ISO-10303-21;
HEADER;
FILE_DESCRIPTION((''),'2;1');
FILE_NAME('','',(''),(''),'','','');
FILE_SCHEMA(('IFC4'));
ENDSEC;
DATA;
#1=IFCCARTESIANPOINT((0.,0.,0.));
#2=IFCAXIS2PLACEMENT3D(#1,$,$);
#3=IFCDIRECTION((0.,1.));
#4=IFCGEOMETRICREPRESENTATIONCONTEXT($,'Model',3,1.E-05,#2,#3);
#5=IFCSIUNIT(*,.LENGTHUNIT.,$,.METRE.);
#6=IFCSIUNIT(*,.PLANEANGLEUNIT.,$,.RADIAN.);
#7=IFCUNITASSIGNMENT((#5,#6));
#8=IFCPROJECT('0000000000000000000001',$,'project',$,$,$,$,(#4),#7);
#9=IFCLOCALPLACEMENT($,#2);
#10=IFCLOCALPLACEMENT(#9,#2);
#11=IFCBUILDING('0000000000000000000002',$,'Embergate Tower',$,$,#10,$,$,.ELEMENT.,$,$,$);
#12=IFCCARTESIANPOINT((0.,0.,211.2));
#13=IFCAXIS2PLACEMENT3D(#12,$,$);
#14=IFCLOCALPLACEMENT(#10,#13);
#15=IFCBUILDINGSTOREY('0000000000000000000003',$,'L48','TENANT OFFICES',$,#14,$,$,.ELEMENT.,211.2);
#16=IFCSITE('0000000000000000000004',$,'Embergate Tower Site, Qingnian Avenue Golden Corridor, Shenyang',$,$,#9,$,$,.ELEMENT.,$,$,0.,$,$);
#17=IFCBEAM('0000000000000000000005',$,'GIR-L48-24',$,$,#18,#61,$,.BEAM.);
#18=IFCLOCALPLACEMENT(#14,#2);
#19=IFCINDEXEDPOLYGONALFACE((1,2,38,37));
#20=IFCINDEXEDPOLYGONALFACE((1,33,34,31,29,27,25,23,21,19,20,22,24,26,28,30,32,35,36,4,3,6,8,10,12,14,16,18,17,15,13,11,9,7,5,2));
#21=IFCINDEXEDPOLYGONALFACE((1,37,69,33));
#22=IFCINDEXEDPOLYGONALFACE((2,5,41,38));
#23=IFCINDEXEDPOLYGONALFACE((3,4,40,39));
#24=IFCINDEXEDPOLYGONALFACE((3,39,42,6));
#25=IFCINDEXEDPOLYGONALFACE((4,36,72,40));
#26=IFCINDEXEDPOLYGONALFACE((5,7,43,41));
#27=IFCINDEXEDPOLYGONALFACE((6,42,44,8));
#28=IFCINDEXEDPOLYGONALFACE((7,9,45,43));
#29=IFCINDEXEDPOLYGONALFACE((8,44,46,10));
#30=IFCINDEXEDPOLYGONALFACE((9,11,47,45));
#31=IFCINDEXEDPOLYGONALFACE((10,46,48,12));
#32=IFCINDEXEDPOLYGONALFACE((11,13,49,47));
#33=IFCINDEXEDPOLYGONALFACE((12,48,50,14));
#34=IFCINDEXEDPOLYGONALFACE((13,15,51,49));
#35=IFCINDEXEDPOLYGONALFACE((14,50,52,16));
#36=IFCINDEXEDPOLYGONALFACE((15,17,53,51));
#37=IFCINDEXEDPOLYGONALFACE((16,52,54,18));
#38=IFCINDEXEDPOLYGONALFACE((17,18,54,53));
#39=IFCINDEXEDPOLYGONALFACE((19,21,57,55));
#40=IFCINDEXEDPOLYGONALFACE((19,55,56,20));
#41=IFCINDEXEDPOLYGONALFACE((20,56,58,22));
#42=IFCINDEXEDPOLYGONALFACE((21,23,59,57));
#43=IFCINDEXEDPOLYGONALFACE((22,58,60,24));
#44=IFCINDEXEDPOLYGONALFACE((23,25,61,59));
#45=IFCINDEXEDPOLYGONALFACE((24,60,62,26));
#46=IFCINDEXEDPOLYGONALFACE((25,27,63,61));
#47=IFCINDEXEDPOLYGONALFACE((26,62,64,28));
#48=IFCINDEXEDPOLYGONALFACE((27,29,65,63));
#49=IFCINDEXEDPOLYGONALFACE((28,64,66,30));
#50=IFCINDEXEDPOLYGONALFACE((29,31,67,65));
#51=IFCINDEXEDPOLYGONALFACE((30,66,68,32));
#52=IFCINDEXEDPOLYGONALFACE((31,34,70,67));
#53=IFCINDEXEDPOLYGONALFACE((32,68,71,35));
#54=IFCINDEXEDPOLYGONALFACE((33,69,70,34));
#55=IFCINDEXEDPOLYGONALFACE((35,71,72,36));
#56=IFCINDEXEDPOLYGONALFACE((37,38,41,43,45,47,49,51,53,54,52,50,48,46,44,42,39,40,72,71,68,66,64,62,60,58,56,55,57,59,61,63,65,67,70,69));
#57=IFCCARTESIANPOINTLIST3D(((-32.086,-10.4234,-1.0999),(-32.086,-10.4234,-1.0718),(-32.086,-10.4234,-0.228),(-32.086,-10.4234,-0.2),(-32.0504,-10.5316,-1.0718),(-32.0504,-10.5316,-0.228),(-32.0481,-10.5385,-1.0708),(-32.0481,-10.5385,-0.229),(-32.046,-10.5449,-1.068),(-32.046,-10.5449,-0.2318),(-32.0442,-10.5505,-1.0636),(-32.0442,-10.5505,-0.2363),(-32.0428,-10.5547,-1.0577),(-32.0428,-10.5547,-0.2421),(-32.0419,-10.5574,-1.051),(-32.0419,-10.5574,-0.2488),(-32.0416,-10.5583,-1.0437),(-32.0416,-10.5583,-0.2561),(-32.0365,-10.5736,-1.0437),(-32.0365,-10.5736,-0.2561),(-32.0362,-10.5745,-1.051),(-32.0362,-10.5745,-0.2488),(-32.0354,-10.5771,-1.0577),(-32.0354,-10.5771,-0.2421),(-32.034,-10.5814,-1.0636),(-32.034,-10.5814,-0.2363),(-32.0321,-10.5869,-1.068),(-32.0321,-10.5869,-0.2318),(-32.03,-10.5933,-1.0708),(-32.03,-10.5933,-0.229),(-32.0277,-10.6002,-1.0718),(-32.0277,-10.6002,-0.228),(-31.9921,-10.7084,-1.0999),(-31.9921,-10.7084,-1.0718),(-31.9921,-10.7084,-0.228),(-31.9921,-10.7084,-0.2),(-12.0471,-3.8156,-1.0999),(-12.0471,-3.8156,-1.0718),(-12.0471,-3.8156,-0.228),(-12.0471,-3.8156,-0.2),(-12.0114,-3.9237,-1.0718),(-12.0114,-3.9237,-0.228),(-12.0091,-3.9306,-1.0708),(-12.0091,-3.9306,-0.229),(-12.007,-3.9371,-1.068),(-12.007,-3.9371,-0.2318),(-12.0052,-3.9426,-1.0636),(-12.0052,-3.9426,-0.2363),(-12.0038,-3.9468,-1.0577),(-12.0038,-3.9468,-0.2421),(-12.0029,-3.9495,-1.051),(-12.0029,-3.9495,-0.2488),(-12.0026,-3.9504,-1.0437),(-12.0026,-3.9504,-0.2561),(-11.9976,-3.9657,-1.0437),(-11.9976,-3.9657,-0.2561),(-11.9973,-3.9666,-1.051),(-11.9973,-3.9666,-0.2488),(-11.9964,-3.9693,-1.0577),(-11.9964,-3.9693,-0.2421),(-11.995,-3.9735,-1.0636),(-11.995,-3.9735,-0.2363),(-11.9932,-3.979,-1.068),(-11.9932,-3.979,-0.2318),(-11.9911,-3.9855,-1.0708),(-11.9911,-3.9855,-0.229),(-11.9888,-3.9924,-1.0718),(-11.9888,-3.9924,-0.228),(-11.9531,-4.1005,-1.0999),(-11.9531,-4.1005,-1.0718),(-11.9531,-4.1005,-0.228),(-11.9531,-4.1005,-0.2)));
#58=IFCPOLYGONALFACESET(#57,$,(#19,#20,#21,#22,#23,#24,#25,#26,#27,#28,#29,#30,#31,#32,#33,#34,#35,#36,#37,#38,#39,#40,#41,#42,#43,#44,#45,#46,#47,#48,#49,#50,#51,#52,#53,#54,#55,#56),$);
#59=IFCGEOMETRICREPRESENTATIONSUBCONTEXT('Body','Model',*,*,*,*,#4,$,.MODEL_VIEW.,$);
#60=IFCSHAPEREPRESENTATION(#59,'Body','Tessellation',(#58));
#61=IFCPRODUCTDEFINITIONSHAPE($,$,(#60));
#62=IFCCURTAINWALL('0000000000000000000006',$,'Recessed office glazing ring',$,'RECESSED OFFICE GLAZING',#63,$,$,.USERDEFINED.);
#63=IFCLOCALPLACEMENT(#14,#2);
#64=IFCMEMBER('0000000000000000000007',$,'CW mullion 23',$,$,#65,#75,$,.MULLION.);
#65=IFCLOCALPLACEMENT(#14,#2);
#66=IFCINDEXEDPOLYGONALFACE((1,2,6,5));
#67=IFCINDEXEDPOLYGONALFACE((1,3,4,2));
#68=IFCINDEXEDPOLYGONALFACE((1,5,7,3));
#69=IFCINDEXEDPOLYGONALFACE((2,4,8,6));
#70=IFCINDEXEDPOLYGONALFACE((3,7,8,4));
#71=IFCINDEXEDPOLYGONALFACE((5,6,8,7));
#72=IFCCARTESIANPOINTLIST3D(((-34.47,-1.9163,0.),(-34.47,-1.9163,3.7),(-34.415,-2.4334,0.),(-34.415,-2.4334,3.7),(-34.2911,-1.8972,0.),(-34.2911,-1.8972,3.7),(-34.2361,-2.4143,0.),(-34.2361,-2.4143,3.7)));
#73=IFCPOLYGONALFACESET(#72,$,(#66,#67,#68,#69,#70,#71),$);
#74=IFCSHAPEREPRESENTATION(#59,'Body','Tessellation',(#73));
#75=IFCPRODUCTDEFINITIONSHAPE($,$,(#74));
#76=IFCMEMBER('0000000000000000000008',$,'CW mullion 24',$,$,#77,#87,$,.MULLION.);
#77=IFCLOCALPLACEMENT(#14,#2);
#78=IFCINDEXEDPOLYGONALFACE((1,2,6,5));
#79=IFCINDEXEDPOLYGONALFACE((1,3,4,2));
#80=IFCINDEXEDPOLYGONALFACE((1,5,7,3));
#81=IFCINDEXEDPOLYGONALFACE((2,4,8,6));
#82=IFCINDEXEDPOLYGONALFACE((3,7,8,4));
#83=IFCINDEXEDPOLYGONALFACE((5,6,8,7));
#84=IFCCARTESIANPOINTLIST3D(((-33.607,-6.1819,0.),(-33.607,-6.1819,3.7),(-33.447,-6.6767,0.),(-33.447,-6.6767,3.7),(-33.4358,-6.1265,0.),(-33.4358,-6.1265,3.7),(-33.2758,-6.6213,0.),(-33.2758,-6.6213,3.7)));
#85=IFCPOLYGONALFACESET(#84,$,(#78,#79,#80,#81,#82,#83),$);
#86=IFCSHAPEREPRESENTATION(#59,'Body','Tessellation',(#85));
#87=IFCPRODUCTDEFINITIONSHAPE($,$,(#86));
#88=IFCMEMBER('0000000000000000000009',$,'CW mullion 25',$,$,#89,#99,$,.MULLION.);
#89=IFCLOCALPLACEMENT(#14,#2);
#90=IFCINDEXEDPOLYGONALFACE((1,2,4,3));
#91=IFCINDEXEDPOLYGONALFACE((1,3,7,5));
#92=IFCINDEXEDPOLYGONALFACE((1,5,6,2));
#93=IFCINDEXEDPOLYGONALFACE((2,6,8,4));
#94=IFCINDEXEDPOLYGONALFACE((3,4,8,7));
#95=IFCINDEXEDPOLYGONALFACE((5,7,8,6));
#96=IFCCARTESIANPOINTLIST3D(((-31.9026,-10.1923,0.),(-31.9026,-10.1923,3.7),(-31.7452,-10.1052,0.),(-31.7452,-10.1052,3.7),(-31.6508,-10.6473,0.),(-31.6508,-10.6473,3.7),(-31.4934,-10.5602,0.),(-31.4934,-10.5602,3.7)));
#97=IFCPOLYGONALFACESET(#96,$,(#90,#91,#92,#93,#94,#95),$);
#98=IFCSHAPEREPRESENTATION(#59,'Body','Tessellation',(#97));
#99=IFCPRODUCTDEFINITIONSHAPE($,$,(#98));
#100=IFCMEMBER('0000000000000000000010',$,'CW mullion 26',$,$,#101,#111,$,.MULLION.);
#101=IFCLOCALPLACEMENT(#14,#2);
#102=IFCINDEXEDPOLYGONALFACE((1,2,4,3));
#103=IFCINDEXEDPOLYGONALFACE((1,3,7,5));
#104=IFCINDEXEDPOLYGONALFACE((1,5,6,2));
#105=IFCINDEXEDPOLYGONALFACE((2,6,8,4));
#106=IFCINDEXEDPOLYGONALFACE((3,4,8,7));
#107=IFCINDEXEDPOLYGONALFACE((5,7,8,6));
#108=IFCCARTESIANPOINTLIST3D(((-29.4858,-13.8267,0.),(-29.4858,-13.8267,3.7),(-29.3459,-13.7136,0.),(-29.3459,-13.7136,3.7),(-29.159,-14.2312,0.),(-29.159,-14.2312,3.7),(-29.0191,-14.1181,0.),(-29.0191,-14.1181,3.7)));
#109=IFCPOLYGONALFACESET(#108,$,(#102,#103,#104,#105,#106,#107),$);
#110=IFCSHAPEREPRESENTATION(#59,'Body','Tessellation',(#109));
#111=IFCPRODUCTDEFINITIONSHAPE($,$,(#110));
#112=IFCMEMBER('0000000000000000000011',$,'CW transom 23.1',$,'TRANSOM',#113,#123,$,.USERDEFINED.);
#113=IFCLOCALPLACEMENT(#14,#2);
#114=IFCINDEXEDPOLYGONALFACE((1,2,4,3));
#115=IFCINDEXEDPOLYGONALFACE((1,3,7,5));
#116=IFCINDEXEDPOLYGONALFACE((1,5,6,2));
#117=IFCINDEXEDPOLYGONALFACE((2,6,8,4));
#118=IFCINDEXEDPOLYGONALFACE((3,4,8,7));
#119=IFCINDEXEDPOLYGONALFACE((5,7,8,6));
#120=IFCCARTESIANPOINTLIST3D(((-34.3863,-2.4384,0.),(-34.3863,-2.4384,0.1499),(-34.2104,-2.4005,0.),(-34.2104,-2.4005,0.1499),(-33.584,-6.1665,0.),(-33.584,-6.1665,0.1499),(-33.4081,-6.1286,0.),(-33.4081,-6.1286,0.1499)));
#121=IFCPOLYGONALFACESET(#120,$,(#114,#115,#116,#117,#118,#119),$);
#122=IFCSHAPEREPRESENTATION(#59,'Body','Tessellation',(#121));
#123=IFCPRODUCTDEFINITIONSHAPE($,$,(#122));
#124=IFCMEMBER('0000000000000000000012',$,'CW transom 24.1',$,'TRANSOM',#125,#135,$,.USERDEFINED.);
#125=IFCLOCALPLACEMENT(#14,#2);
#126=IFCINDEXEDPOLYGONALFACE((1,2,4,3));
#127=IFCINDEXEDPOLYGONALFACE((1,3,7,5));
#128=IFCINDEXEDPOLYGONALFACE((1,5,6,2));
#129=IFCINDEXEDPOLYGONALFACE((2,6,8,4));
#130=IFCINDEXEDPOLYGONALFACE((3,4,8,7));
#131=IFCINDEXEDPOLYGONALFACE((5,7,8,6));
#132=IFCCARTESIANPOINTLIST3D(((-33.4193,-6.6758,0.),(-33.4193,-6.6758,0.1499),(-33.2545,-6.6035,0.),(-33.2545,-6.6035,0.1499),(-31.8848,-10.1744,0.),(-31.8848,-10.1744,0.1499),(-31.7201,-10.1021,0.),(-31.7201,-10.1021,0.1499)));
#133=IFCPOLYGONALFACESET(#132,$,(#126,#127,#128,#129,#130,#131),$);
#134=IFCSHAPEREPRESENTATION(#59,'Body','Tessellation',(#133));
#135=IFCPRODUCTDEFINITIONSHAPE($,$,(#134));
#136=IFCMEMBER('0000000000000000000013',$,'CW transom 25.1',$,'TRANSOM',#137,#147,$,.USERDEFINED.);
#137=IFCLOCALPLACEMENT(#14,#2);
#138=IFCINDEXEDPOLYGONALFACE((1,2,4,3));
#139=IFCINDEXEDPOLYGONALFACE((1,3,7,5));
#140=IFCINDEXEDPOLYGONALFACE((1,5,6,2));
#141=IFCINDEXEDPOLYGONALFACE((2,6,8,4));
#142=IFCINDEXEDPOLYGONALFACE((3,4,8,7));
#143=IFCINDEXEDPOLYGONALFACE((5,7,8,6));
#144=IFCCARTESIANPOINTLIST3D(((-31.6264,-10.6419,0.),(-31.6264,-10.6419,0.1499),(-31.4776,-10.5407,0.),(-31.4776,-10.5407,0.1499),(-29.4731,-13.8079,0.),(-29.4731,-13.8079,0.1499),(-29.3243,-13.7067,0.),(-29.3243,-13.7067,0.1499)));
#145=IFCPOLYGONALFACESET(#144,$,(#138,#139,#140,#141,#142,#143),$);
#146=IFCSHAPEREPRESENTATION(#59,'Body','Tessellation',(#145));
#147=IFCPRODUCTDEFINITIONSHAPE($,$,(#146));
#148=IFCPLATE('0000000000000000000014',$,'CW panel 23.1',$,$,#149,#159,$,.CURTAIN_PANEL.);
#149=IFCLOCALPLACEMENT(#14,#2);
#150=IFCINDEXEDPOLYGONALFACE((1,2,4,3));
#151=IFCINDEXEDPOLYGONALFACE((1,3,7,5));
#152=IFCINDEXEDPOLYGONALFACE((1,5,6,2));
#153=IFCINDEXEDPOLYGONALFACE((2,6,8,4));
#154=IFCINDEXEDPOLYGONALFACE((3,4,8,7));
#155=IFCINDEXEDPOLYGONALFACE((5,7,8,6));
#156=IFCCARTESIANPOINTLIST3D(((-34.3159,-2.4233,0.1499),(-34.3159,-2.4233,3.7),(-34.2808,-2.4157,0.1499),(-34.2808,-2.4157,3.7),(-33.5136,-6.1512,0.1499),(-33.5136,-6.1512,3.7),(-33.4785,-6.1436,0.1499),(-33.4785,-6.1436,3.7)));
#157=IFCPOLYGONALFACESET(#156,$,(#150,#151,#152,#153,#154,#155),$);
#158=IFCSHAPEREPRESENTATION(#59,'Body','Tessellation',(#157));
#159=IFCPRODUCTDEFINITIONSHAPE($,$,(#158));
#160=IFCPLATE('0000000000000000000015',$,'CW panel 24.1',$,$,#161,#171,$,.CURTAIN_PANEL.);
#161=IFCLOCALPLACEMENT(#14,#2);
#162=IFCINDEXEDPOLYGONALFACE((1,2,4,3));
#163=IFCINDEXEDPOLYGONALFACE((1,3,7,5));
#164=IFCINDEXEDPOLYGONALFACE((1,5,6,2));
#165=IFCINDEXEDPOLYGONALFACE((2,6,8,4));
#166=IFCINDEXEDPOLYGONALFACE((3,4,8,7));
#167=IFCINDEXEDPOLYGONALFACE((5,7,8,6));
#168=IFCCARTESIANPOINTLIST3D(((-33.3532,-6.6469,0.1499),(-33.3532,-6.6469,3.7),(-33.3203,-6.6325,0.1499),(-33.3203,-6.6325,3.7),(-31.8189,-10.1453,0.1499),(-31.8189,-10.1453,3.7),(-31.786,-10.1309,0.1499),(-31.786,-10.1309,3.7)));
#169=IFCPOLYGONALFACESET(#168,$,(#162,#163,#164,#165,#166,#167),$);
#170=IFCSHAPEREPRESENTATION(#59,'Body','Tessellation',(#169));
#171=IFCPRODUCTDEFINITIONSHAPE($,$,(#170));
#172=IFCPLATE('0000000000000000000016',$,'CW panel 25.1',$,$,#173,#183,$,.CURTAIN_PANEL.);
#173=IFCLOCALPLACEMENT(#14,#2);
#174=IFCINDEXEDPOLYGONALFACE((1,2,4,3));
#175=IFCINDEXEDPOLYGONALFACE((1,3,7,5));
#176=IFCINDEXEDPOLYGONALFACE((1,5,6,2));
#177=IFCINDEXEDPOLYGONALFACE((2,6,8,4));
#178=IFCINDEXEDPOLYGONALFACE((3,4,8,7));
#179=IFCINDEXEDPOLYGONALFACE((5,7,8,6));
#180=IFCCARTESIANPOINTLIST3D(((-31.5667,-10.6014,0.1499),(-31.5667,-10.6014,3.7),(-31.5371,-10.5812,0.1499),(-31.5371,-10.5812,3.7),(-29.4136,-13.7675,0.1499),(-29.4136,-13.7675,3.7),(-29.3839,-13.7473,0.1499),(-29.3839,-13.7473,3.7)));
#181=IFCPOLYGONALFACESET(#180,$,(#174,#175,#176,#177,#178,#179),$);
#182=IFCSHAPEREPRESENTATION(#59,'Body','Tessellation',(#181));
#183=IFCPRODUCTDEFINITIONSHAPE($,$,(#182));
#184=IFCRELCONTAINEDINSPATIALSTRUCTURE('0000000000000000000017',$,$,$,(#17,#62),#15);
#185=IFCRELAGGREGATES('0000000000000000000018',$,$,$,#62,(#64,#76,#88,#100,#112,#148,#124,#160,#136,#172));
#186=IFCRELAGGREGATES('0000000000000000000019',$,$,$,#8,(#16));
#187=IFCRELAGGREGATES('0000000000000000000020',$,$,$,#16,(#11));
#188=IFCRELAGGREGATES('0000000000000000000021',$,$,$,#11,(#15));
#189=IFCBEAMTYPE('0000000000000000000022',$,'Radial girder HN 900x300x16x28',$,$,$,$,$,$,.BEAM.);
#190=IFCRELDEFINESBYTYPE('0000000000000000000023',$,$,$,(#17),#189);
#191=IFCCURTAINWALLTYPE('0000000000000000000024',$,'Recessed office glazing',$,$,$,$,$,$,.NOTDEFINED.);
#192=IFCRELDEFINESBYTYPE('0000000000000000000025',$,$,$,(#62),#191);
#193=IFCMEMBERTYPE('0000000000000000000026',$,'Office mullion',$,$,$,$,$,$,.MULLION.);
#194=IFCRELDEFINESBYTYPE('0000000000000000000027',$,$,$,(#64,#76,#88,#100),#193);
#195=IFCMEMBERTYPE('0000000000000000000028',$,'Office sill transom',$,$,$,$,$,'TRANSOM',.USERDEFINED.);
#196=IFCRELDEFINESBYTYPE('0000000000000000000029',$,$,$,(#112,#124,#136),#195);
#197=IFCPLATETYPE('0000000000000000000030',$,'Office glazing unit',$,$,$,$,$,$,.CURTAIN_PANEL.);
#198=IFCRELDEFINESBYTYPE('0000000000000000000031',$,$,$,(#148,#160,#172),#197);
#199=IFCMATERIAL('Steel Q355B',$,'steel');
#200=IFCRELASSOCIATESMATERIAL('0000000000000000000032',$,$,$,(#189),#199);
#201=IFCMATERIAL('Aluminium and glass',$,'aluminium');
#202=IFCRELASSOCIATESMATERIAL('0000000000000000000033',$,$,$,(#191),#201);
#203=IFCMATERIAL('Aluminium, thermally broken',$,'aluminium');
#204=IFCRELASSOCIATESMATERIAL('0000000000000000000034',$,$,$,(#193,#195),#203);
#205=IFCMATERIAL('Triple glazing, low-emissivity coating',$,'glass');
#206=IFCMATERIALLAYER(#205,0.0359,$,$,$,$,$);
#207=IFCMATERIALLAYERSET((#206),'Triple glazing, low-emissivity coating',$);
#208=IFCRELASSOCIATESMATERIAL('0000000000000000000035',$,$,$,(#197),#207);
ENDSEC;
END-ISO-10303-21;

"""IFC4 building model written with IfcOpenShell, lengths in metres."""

from ifc_helpers import new_model, si_unit, direction, frame, origin, origin_2d, place, context, subcontext, project, spatial, rectangle, i_section, extrude, source, transform, mapped, material, layer, layer_set, material_profile, profile_set, type_object, element, aggregate, save


model = new_model("IFC4")

# Units and contexts
model_context = context("Model", 3, precision=1e-05, world=origin(), true_north=direction((0.0, 1.0)))
body_context = subcontext(model_context, "Body", "Model", "MODEL_VIEW")
ifc_project = project(units=[si_unit("LENGTHUNIT", "METRE"), si_unit("PLANEANGLEUNIT", "RADIAN")], contexts=[model_context])

# Site, building, storey
site_placement = place(None, origin())
site = spatial("IfcSite", under=ifc_project, at=site_placement, Name="Embergate Tower Site, Qingnian Avenue Golden Corridor, Shenyang", CompositionType="ELEMENT", RefElevation=0.0)
building_placement = place(site_placement, origin())
building = spatial("IfcBuilding", under=site, at=building_placement, Name="Embergate Tower", CompositionType="ELEMENT")
storey_placement = place(building_placement, frame((0.0, 0.0, 211.2)))
storey = spatial("IfcBuildingStorey", under=building, at=storey_placement, Name="L48", Description="TENANT OFFICES", CompositionType="ELEMENT", Elevation=211.2)

# Beam
ifc_material_1 = material(Name="Steel Q355B", Category="steel")
ifc_material_profile_1 = material_profile(ifc_material_1, i_section(OverallWidth=0.3, OverallDepth=0.8999, WebThickness=0.0161, FlangeThickness=0.0281, FilletRadius=0.0281, at=origin_2d()), Name="HN 900x300x16x28")
ifc_profile_set_1 = profile_set([ifc_material_profile_1], Name="Steel Q355 grade B")
beam_type_1 = type_object("IfcBeamType", Name="Radial girder HN 900x300x16x28", PredefinedType="BEAM", material=ifc_profile_set_1)
shared_shape_1 = source(origin(), body_context, "Body", "SweptSolid", [
    extrude(i_section(OverallWidth=0.3, OverallDepth=0.8999, WebThickness=0.0161, FlangeThickness=0.0281, FilletRadius=0.0281, at=origin_2d()), origin(), (0.0, 0.0, 1.0), 21.1003),
])
beam_1_placement = place(storey_placement, frame((-32.0391, -10.5659, -0.6499), z_axis=(0.949699, 0.313165, 0.0), x_axis=(-0.313165, 0.949699, 0.0)))
element("IfcBeam", 1, at=beam_1_placement, inside=storey, type_object=beam_type_1, Name="GIR-L48-24", PredefinedType="BEAM", context=body_context, shape_type="MappedRepresentation", body=[
    mapped(shared_shape_1, transform((0.0, 0.0, 0.0))),
])

# Curtain wall, members, plates
ifc_material_2 = material(Name="Aluminium and glass", Category="aluminium")
curtain_wall_type = type_object("IfcCurtainWallType", Name="Recessed office glazing", PredefinedType="NOTDEFINED", material=ifc_material_2)
curtain_wall_placement = place(storey_placement, origin())
curtain_wall = element("IfcCurtainWall", 2, at=curtain_wall_placement, inside=storey, type_object=curtain_wall_type, Name="Recessed office glazing ring", ObjectType="RECESSED OFFICE GLAZING", PredefinedType="USERDEFINED")
ifc_material_3 = material(Name="Aluminium, thermally broken", Category="aluminium")
ifc_material_profile_2 = material_profile(ifc_material_3, rectangle(XDim=0.1799, YDim=0.52, at=origin_2d()), Name="AL 520x180")
ifc_profile_set_2 = profile_set([ifc_material_profile_2], Name="Aluminium, thermally broken")
member_type_1 = type_object("IfcMemberType", Name="Office mullion", PredefinedType="MULLION", material=ifc_profile_set_2)
shared_shape_2 = source(origin(), body_context, "Body", "SweptSolid", [
    extrude(rectangle(XDim=0.1799, YDim=0.52, at=origin_2d()), origin(), (0.0, 0.0, 1.0), 3.7),
])
member_1_placement = place(storey_placement, frame((-34.353, -2.1653, 0.0), z_axis=(0.0, 0.0, 1.0), x_axis=(0.994385, 0.105823, 0.0)))
member_1 = element("IfcMember", 3, at=member_1_placement, type_object=member_type_1, Name="CW mullion 23", PredefinedType="MULLION", context=body_context, shape_type="MappedRepresentation", body=[
    mapped(shared_shape_2, transform((0.0, 0.0, 0.0))),
])
member_2_placement = place(storey_placement, frame((-33.4414, -6.4016, 0.0), z_axis=(0.0, 0.0, 1.0), x_axis=(0.951498, 0.307656, 0.0)))
member_2 = element("IfcMember", 4, at=member_2_placement, type_object=member_type_1, Name="CW mullion 24", PredefinedType="MULLION", context=body_context, shape_type="MappedRepresentation", body=[
    mapped(shared_shape_2, transform((0.0, 0.0, 0.0))),
])
member_3_placement = place(storey_placement, frame((-31.698, -10.3762, 0.0), z_axis=(0.0, 0.0, 1.0), x_axis=(0.875003, 0.484118, 0.0)))
member_3 = element("IfcMember", 5, at=member_3_placement, type_object=member_type_1, Name="CW mullion 25", PredefinedType="MULLION", context=body_context, shape_type="MappedRepresentation", body=[
    mapped(shared_shape_2, transform((0.0, 0.0, 0.0))),
])
member_4_placement = place(storey_placement, frame((-29.2524, -13.9724, 0.0), z_axis=(0.0, 0.0, 1.0), x_axis=(0.777875, 0.628419, 0.0)))
member_4 = element("IfcMember", 6, at=member_4_placement, type_object=member_type_1, Name="CW mullion 26", PredefinedType="MULLION", context=body_context, shape_type="MappedRepresentation", body=[
    mapped(shared_shape_2, transform((0.0, 0.0, 0.0))),
])
ifc_material_profile_3 = material_profile(ifc_material_3, rectangle(XDim=0.1799, YDim=0.1499, at=origin_2d()), Name="AL 150x180")
ifc_profile_set_3 = profile_set([ifc_material_profile_3], Name="Aluminium, thermally broken")
member_type_2 = type_object("IfcMemberType", Name="Office sill transom", ElementType="TRANSOM", PredefinedType="USERDEFINED", material=ifc_profile_set_3)
shared_shape_3 = source(origin(), body_context, "Body", "SweptSolid", [
    extrude(rectangle(XDim=0.1799, YDim=0.1499, at=origin_2d()), origin(), (0.0, 0.0, 1.0), 3.8135),
])
member_5_placement = place(storey_placement, frame((-34.2983, -2.4194, 0.075), z_axis=(0.210377, -0.97762, 0.0), x_axis=(0.97762, 0.210377, 0.0)))
member_5 = element("IfcMember", 7, at=member_5_placement, type_object=member_type_2, Name="CW transom 23.1", ObjectType="TRANSOM", PredefinedType="USERDEFINED", context=body_context, shape_type="MappedRepresentation", body=[
    mapped(shared_shape_3, transform((0.0, 0.0, 0.0))),
])
shared_shape_4 = source(origin(), body_context, "Body", "SweptSolid", [
    extrude(rectangle(XDim=0.1799, YDim=0.1499, at=origin_2d()), origin(), (0.0, 0.0, 1.0), 3.8203),
])
member_6_placement = place(storey_placement, frame((-33.3369, -6.6396, 0.075), z_axis=(0.401657, -0.91579, 0.0), x_axis=(0.91579, 0.401657, 0.0)))
member_6 = element("IfcMember", 8, at=member_6_placement, type_object=member_type_2, Name="CW transom 24.1", ObjectType="TRANSOM", PredefinedType="USERDEFINED", context=body_context, shape_type="MappedRepresentation", body=[
    mapped(shared_shape_4, transform((0.0, 0.0, 0.0))),
])
shared_shape_5 = source(origin(), body_context, "Body", "SweptSolid", [
    extrude(rectangle(XDim=0.1799, YDim=0.1499, at=origin_2d()), origin(), (0.0, 0.0, 1.0), 3.8289),
])
member_7_placement = place(storey_placement, frame((-31.552, -10.5913, 0.075), z_axis=(0.562387, -0.826874, 0.0), x_axis=(0.826874, 0.562387, 0.0)))
member_7 = element("IfcMember", 9, at=member_7_placement, type_object=member_type_2, Name="CW transom 25.1", ObjectType="TRANSOM", PredefinedType="USERDEFINED", context=body_context, shape_type="MappedRepresentation", body=[
    mapped(shared_shape_5, transform((0.0, 0.0, 0.0))),
])
ifc_material_4 = material(Name="Triple glazing, low-emissivity coating", Category="glass")
ifc_layer_1 = layer(ifc_material_4, 0.0359)
ifc_layer_set_1 = layer_set([ifc_layer_1], Name="Triple glazing, low-emissivity coating")
plate_type = type_object("IfcPlateType", Name="Office glazing unit", PredefinedType="CURTAIN_PANEL", material=ifc_layer_set_1)
shared_shape_6 = source(origin(), body_context, "Body", "SweptSolid", [
    extrude(rectangle(XDim=3.8132, YDim=0.0359, at=origin_2d()), origin(), (0.0, 0.0, 1.0), 3.55),
])
plate_1_placement = place(storey_placement, frame((-33.8972, -4.2834, 0.1499), z_axis=(0.0, 0.0, 1.0), x_axis=(0.210395, -0.977616, 0.0)))
plate_1 = element("IfcPlate", 10, at=plate_1_placement, type_object=plate_type, Name="CW panel 23.1", PredefinedType="CURTAIN_PANEL", context=body_context, shape_type="MappedRepresentation", body=[
    mapped(shared_shape_6, transform((0.0, 0.0, 0.0))),
])
shared_shape_7 = source(origin(), body_context, "Body", "SweptSolid", [
    extrude(rectangle(XDim=3.8201, YDim=0.0359, at=origin_2d()), origin(), (0.0, 0.0, 1.0), 3.55),
])
plate_2_placement = place(storey_placement, frame((-32.5696, -8.3889, 0.1499), z_axis=(0.0, 0.0, 1.0), x_axis=(0.401649, -0.915794, 0.0)))
plate_2 = element("IfcPlate", 11, at=plate_2_placement, type_object=plate_type, Name="CW panel 24.1", PredefinedType="CURTAIN_PANEL", context=body_context, shape_type="MappedRepresentation", body=[
    mapped(shared_shape_7, transform((0.0, 0.0, 0.0))),
])
shared_shape_8 = source(origin(), body_context, "Body", "SweptSolid", [
    extrude(rectangle(XDim=3.8289, YDim=0.0359, at=origin_2d()), origin(), (0.0, 0.0, 1.0), 3.55),
])
plate_3_placement = place(storey_placement, frame((-30.4753, -12.1743, 0.1499), z_axis=(0.0, 0.0, 1.0), x_axis=(0.562337, -0.826908, 0.0)))
plate_3 = element("IfcPlate", 12, at=plate_3_placement, type_object=plate_type, Name="CW panel 25.1", PredefinedType="CURTAIN_PANEL", context=body_context, shape_type="MappedRepresentation", body=[
    mapped(shared_shape_8, transform((0.0, 0.0, 0.0))),
])
aggregate(curtain_wall, [member_1, member_2, member_3, member_4, member_5, plate_1, member_6, plate_2, member_7, plate_3])

save(model, "model.ifc")
